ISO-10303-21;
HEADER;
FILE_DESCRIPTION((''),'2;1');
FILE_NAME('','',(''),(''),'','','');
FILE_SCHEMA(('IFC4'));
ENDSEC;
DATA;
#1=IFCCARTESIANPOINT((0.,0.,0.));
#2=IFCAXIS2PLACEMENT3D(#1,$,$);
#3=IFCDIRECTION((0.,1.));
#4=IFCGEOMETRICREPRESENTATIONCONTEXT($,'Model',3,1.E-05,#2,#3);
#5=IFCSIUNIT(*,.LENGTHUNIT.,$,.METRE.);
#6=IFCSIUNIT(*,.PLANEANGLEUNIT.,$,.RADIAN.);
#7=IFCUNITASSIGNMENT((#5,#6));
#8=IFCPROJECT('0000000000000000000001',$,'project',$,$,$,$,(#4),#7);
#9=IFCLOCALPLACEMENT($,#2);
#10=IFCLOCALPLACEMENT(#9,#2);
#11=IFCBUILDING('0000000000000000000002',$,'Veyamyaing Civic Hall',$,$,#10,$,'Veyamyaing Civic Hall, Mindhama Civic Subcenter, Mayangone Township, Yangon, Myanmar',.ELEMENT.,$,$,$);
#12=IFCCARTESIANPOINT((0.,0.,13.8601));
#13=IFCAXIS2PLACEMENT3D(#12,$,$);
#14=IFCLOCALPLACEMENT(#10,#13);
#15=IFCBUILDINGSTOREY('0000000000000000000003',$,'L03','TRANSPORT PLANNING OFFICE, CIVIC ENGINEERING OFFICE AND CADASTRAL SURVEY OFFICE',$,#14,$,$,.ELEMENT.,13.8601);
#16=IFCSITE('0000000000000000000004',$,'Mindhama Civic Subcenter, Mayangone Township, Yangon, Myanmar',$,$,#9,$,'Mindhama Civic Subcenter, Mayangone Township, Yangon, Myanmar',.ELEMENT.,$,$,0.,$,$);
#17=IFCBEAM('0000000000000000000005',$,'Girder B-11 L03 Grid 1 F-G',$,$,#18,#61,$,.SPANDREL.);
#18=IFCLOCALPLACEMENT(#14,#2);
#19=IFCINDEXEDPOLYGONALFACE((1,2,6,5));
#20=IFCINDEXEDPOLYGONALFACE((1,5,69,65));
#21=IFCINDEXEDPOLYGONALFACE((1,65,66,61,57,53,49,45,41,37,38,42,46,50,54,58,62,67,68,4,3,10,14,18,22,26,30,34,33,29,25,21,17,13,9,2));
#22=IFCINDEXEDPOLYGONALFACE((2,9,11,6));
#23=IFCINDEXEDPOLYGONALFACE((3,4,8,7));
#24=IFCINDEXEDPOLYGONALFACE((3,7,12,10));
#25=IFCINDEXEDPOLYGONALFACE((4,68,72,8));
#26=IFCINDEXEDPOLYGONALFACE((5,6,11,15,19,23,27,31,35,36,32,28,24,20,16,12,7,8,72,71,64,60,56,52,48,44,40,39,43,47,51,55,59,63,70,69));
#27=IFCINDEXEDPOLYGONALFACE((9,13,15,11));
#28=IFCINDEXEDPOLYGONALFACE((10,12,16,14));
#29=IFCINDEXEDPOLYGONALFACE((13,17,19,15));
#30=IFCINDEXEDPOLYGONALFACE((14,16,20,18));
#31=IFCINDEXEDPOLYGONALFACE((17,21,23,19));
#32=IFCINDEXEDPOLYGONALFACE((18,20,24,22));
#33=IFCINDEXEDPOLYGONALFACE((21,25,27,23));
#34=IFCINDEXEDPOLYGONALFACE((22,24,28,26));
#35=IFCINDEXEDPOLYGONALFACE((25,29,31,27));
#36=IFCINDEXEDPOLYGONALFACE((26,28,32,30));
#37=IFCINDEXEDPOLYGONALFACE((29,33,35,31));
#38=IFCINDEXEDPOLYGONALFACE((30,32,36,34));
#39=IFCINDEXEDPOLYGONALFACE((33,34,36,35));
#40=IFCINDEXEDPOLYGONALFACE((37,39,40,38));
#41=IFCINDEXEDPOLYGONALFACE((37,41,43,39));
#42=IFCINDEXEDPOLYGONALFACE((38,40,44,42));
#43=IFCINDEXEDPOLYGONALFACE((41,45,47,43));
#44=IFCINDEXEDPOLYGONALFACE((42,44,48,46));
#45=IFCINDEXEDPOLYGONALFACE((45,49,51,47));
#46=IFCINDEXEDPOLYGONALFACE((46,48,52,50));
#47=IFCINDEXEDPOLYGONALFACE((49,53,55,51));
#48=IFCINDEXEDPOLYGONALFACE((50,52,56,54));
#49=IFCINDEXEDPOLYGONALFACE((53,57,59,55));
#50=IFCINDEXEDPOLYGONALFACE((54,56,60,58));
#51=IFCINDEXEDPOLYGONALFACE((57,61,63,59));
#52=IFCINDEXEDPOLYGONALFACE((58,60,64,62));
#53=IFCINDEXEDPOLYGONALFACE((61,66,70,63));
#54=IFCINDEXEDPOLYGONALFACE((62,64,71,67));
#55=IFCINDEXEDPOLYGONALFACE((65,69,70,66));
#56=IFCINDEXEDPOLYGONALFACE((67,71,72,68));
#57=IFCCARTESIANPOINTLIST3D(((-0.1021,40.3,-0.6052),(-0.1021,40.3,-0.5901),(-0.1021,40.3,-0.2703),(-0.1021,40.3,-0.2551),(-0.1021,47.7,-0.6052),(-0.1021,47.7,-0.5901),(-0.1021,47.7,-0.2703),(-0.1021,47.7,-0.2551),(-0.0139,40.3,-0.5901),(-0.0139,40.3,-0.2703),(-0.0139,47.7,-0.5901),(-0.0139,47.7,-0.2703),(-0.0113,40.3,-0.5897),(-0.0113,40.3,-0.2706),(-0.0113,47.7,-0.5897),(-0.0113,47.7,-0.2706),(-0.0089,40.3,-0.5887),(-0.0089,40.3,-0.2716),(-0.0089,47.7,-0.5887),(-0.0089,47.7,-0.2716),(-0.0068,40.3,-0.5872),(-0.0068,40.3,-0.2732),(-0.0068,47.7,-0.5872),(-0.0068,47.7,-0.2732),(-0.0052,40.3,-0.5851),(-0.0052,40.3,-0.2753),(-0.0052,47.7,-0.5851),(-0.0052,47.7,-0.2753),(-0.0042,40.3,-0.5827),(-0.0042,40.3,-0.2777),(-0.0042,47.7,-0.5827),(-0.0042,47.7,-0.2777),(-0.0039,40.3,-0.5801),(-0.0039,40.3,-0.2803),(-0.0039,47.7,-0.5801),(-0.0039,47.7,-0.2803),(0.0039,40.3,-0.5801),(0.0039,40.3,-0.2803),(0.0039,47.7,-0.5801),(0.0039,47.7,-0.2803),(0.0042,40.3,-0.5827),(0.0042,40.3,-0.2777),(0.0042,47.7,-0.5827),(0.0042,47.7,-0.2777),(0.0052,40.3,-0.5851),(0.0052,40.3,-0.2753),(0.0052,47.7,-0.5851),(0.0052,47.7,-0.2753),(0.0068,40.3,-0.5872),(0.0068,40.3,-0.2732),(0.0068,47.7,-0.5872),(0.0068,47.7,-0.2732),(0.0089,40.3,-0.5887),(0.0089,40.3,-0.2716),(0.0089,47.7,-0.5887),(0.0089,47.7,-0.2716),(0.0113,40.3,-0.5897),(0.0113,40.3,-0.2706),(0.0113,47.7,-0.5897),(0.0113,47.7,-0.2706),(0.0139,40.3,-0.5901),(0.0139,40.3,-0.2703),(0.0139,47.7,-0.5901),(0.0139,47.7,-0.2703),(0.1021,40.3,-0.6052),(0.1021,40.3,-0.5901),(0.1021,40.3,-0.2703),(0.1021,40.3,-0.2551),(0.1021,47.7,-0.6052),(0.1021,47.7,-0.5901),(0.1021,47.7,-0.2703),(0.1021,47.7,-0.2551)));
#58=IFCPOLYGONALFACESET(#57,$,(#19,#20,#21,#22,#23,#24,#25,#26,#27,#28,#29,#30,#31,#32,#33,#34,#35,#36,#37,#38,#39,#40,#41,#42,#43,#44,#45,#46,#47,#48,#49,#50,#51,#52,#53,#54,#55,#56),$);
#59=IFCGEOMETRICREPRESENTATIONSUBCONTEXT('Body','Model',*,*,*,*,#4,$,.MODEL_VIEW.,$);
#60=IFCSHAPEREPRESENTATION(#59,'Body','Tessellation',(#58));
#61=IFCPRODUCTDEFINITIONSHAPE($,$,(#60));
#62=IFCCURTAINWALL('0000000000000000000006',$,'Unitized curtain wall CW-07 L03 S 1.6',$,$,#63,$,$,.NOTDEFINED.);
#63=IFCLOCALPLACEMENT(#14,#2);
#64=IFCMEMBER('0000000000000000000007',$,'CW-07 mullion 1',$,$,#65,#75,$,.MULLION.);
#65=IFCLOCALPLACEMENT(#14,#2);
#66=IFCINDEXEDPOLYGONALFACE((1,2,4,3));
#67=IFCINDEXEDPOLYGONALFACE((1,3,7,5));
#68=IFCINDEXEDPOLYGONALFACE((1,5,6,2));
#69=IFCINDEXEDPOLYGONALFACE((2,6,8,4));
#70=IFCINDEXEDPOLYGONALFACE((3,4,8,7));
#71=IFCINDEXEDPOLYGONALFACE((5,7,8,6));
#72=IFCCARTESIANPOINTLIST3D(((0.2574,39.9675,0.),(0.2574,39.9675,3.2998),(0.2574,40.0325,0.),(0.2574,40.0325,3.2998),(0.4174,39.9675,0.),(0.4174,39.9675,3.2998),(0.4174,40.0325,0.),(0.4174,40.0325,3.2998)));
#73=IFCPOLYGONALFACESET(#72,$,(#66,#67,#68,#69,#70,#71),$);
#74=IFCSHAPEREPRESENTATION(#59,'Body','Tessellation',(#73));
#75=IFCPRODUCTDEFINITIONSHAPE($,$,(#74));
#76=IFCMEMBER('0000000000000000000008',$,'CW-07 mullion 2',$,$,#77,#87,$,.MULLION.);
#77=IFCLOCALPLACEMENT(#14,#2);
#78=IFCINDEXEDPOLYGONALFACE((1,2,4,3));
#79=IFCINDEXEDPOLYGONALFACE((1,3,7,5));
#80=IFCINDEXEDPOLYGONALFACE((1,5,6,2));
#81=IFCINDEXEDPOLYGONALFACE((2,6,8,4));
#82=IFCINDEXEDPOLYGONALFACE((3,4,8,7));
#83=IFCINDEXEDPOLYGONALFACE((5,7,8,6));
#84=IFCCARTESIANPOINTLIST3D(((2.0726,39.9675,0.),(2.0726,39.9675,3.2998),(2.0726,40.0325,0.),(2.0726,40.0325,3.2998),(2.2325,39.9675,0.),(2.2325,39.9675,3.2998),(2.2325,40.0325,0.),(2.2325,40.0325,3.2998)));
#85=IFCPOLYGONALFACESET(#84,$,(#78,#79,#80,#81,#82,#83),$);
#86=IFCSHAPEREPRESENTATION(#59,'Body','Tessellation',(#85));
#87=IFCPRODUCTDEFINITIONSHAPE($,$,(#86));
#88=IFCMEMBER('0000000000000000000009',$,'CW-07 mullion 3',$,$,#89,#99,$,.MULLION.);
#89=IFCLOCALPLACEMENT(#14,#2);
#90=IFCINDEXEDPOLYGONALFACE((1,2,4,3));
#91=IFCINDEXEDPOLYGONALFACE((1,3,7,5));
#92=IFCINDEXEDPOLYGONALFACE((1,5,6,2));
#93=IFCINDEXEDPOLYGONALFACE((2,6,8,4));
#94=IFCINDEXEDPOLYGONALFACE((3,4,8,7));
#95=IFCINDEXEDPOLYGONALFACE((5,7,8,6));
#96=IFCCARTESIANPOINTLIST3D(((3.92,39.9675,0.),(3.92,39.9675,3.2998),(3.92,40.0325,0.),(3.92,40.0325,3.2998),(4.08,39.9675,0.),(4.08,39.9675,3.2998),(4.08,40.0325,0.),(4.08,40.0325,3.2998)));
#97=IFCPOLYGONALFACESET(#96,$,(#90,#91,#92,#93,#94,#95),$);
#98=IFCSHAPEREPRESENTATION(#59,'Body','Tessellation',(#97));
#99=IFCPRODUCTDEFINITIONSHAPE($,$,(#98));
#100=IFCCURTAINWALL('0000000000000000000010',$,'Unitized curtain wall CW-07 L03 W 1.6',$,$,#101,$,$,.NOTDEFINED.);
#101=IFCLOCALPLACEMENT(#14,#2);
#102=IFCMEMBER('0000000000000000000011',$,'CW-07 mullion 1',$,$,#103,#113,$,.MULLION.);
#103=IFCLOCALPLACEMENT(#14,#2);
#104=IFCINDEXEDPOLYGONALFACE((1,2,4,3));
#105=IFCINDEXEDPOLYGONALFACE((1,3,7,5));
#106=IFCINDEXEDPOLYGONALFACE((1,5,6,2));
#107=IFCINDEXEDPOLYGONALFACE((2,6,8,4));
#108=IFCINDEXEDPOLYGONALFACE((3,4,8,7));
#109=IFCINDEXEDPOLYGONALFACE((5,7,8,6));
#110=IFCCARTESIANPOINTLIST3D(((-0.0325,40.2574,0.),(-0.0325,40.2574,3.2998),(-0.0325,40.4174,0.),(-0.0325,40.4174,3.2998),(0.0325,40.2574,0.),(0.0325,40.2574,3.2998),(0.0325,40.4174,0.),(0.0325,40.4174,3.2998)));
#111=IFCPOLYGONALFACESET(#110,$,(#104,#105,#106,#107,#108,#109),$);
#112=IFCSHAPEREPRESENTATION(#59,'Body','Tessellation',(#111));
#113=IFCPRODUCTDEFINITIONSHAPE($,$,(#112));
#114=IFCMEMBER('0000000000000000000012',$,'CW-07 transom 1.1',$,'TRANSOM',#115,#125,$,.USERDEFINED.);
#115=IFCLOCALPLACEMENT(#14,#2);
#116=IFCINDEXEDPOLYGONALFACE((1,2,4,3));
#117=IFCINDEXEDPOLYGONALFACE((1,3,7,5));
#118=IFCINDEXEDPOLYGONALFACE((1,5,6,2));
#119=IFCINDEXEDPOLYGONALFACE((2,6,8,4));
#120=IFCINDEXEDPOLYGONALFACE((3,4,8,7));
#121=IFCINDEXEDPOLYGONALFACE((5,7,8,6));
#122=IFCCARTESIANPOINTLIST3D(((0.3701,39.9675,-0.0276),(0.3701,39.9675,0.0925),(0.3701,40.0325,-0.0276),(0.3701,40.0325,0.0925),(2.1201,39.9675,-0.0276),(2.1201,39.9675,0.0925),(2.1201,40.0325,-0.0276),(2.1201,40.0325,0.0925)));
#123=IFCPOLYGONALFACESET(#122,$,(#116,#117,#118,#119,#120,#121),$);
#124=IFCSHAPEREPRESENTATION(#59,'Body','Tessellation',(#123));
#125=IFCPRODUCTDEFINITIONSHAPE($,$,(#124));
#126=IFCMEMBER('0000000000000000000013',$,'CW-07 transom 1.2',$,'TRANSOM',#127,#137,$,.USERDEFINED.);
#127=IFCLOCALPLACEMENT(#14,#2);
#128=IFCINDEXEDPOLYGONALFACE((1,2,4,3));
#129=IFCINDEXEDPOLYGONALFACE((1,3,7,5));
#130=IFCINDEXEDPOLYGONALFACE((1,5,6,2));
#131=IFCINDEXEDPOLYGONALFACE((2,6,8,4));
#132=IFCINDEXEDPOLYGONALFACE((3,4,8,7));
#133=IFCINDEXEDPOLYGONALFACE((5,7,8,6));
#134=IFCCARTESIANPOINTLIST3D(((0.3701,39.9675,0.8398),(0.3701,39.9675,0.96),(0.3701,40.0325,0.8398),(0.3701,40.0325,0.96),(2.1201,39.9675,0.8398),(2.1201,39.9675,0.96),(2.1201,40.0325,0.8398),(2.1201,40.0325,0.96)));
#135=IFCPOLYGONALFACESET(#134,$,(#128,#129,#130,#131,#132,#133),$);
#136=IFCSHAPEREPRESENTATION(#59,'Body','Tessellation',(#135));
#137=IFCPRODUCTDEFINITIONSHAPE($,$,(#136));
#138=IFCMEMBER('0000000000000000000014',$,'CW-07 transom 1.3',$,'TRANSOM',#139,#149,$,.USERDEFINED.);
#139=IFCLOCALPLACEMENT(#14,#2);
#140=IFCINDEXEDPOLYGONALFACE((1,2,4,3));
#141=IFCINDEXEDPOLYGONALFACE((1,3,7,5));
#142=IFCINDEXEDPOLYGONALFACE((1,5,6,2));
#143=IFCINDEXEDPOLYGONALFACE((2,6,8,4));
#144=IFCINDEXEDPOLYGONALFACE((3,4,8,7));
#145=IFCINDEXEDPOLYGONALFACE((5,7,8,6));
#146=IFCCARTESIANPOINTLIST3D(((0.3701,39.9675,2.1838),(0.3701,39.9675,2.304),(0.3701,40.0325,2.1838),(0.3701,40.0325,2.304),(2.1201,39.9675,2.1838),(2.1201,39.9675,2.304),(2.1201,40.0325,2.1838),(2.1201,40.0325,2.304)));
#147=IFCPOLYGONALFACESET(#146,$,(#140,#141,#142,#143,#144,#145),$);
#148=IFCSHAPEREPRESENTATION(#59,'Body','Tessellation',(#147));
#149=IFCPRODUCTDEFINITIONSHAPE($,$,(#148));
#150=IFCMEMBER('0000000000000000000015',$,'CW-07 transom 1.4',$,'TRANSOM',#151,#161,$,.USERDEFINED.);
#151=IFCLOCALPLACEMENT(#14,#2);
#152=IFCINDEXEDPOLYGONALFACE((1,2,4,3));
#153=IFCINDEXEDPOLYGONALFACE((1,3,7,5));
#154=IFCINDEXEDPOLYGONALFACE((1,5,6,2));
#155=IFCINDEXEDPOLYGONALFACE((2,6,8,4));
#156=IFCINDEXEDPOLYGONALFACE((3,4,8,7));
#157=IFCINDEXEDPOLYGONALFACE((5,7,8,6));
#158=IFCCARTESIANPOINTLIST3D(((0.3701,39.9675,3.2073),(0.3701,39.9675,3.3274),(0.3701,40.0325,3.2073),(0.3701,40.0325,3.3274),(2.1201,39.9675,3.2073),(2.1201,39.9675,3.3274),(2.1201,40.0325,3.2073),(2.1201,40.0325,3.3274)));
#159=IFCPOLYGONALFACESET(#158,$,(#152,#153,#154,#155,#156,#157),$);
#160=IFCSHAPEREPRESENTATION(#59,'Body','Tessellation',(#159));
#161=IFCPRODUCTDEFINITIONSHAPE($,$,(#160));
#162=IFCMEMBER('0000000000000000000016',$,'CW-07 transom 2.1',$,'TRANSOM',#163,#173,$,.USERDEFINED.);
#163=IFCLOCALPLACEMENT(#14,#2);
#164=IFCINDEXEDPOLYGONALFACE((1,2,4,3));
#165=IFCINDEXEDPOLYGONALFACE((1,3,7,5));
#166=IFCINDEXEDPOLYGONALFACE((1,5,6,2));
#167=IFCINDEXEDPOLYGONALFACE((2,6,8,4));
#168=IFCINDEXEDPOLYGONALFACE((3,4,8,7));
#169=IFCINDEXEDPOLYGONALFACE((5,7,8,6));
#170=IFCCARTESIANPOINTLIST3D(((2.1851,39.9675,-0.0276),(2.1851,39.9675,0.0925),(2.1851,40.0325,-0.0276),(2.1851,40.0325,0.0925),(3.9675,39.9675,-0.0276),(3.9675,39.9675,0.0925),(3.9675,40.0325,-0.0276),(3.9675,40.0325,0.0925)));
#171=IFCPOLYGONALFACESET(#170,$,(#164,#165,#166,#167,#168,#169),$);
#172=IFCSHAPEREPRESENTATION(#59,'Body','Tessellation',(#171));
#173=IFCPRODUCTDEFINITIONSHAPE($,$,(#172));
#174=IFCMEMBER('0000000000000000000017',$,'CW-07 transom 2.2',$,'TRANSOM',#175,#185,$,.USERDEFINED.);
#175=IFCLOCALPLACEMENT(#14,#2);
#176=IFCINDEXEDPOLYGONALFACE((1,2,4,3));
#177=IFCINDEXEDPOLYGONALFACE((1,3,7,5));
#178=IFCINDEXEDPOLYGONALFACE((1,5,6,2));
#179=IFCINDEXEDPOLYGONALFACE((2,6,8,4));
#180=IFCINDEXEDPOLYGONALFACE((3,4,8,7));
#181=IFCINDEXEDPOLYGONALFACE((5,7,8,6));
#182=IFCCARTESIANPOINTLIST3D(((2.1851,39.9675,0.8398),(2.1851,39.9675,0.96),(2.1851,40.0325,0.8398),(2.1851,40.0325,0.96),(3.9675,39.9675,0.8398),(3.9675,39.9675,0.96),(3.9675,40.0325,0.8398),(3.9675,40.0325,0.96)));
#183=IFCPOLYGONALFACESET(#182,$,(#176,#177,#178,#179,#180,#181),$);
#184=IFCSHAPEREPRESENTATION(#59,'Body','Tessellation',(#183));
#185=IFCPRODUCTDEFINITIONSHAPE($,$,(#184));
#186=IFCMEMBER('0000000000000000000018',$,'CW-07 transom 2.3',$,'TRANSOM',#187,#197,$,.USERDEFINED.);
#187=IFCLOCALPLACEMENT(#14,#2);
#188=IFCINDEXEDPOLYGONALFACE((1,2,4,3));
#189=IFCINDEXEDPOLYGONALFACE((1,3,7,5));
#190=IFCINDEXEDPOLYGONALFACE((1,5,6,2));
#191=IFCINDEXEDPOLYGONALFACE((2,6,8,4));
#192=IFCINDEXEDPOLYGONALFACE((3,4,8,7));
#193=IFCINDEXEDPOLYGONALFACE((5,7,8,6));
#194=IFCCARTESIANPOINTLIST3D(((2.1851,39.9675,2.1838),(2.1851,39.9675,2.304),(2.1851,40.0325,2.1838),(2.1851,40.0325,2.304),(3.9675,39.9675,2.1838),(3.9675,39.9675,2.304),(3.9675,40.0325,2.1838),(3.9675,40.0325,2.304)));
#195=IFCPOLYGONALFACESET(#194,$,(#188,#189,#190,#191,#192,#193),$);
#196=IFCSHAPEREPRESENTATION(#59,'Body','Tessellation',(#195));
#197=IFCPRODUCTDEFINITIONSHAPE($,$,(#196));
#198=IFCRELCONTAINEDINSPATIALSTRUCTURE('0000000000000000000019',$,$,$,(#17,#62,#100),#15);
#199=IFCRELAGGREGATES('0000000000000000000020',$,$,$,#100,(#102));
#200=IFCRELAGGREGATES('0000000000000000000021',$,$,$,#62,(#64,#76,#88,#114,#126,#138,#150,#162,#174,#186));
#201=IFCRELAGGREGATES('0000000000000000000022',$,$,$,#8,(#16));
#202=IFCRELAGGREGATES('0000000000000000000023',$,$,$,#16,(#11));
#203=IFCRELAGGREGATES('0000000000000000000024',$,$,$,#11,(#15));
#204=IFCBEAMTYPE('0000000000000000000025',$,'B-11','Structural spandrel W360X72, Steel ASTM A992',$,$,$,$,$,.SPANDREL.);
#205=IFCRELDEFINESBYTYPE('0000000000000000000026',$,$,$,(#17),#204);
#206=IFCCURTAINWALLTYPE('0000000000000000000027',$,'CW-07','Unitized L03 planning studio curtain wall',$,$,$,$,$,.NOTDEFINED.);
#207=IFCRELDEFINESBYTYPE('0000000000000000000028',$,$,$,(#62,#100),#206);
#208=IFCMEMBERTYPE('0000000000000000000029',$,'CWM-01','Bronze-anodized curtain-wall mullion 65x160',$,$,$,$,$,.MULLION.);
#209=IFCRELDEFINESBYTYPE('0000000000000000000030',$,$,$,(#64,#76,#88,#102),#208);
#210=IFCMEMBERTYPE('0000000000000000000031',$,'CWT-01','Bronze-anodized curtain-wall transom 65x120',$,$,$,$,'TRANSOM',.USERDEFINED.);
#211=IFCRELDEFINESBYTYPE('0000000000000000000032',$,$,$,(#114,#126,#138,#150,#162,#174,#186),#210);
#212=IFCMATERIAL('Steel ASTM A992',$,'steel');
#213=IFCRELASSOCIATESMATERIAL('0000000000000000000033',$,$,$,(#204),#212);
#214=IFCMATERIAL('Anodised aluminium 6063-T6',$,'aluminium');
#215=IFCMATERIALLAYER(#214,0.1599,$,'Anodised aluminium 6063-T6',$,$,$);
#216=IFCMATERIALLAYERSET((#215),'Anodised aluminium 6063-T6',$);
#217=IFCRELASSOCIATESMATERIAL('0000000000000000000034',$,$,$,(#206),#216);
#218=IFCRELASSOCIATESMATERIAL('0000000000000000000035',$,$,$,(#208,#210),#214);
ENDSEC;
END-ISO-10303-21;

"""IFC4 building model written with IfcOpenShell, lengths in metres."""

from ifc_helpers import new_model, si_unit, direction, frame, origin, origin_2d, place, context, subcontext, project, spatial, rectangle, i_section, extrude, material, layer, layer_set, material_profile, profile_set, type_object, element, aggregate, save


model = new_model("IFC4")

# Units and contexts
model_context = context("Model", 3, precision=1e-05, world=origin(), true_north=direction((0.0, 1.0)))
body_context = subcontext(model_context, "Body", "Model", "MODEL_VIEW")
ifc_project = project(units=[si_unit("LENGTHUNIT", "METRE"), si_unit("PLANEANGLEUNIT", "RADIAN")], contexts=[model_context])

# Site, building, storey
site_placement = place(None, origin())
site = spatial("IfcSite", under=ifc_project, at=site_placement, Name="Mindhama Civic Subcenter, Mayangone Township, Yangon, Myanmar", LongName="Mindhama Civic Subcenter, Mayangone Township, Yangon, Myanmar", CompositionType="ELEMENT", RefElevation=0.0)
building_placement = place(site_placement, origin())
building = spatial("IfcBuilding", under=site, at=building_placement, Name="Veyamyaing Civic Hall", LongName="Veyamyaing Civic Hall, Mindhama Civic Subcenter, Mayangone Township, Yangon, Myanmar", CompositionType="ELEMENT")
storey_placement = place(building_placement, frame((0.0, 0.0, 13.8601)))
storey = spatial("IfcBuildingStorey", under=building, at=storey_placement, Name="L03", Description="TRANSPORT PLANNING OFFICE, CIVIC ENGINEERING OFFICE AND CADASTRAL SURVEY OFFICE", CompositionType="ELEMENT", Elevation=13.8601)

# Beam
ifc_material_1 = material(Name="Steel ASTM A992", Category="steel")
ifc_material_profile_1 = material_profile(ifc_material_1, i_section(OverallWidth=0.2041, OverallDepth=0.3501, WebThickness=0.0078, FlangeThickness=0.0151, FilletRadius=0.01, at=origin_2d()), Name="W360X72")
ifc_profile_set_1 = profile_set([ifc_material_profile_1], Name="Steel ASTM A992")
beam_type_1 = type_object("IfcBeamType", Name="B-11", Description="Structural spandrel W360X72, Steel ASTM A992", PredefinedType="SPANDREL", material=ifc_profile_set_1)
beam_1_placement = place(storey_placement, frame((0.0, 40.3, -0.4302), z_axis=(0.0, 1.0, 0.0), x_axis=(-1.0, 0.0, 0.0)))
element("IfcBeam", 1, at=beam_1_placement, inside=storey, type_object=beam_type_1, Name="Girder B-11 L03 Grid 1 F-G", PredefinedType="SPANDREL", context=body_context, shape_type="SweptSolid", body=[
    extrude(i_section(OverallWidth=0.2041, OverallDepth=0.3501, WebThickness=0.0078, FlangeThickness=0.0151, FilletRadius=0.01, at=origin_2d()), origin(), (0.0, 0.0, 1.0), 7.3999),
])

# Curtain wall, members
ifc_material_2 = material(Name="Anodised aluminium 6063-T6", Category="aluminium")
ifc_layer_1 = layer(ifc_material_2, 0.1599, Name="Anodised aluminium 6063-T6")
ifc_layer_set_1 = layer_set([ifc_layer_1], Name="Anodised aluminium 6063-T6")
curtain_wall_type = type_object("IfcCurtainWallType", Name="CW-07", Description="Unitized L03 planning studio curtain wall", PredefinedType="NOTDEFINED", material=ifc_layer_set_1)
curtain_wall_1_placement = place(storey_placement, origin())
curtain_wall_1 = element("IfcCurtainWall", 2, at=curtain_wall_1_placement, inside=storey, type_object=curtain_wall_type, Name="Unitized curtain wall CW-07 L03 S 1.6", PredefinedType="NOTDEFINED")
ifc_material_profile_2 = material_profile(ifc_material_2, rectangle(XDim=0.0649, YDim=0.1599, at=origin_2d()), Name="ALU-MUL-65X160")
ifc_profile_set_2 = profile_set([ifc_material_profile_2], Name="Anodised aluminium 6063-T6")
member_type_1 = type_object("IfcMemberType", Name="CWM-01", Description="Bronze-anodized curtain-wall mullion 65x160", PredefinedType="MULLION", material=ifc_profile_set_2)
member_1_placement = place(storey_placement, frame((0.3374, 40.0, 0.0), z_axis=(0.0, 0.0, 1.0), x_axis=(0.0, 1.0, 0.0)))
member_1 = element("IfcMember", 3, at=member_1_placement, type_object=member_type_1, Name="CW-07 mullion 1", PredefinedType="MULLION", context=body_context, shape_type="SweptSolid", body=[
    extrude(rectangle(XDim=0.0649, YDim=0.1599, at=origin_2d()), origin(), (0.0, 0.0, 1.0), 3.2998),
])
member_2_placement = place(storey_placement, frame((2.1526, 40.0, 0.0), z_axis=(0.0, 0.0, 1.0), x_axis=(0.0, 1.0, 0.0)))
member_2 = element("IfcMember", 4, at=member_2_placement, type_object=member_type_1, Name="CW-07 mullion 2", PredefinedType="MULLION", context=body_context, shape_type="SweptSolid", body=[
    extrude(rectangle(XDim=0.0649, YDim=0.1599, at=origin_2d()), origin(), (0.0, 0.0, 1.0), 3.2998),
])
member_3_placement = place(storey_placement, frame((4.0, 40.0, 0.0), z_axis=(0.0, 0.0, 1.0), x_axis=(0.0, 1.0, 0.0)))
member_3 = element("IfcMember", 5, at=member_3_placement, type_object=member_type_1, Name="CW-07 mullion 3", PredefinedType="MULLION", context=body_context, shape_type="SweptSolid", body=[
    extrude(rectangle(XDim=0.0649, YDim=0.1599, at=origin_2d()), origin(), (0.0, 0.0, 1.0), 3.2998),
])

# Curtain wall, member
curtain_wall_2_placement = place(storey_placement, origin())
curtain_wall_2 = element("IfcCurtainWall", 6, at=curtain_wall_2_placement, inside=storey, type_object=curtain_wall_type, Name="Unitized curtain wall CW-07 L03 W 1.6", PredefinedType="NOTDEFINED")
member_4_placement = place(storey_placement, frame((0.0, 40.3374, 0.0), z_axis=(0.0, 0.0, 1.0), x_axis=(-1.0, 0.0, 0.0)))
member_4 = element("IfcMember", 7, at=member_4_placement, type_object=member_type_1, Name="CW-07 mullion 1", PredefinedType="MULLION", context=body_context, shape_type="SweptSolid", body=[
    extrude(rectangle(XDim=0.0649, YDim=0.1599, at=origin_2d()), origin(), (0.0, 0.0, 1.0), 3.2998),
])

# Members
ifc_material_profile_3 = material_profile(ifc_material_2, rectangle(XDim=0.0649, YDim=0.1201, at=origin_2d()), Name="ALU-TRN-65X120")
ifc_profile_set_3 = profile_set([ifc_material_profile_3], Name="Anodised aluminium 6063-T6")
member_type_2 = type_object("IfcMemberType", Name="CWT-01", Description="Bronze-anodized curtain-wall transom 65x120", ElementType="TRANSOM", PredefinedType="USERDEFINED", material=ifc_profile_set_3)
member_5_placement = place(storey_placement, frame((0.3701, 40.0, 0.0325), z_axis=(1.0, 0.0, 0.0), x_axis=(0.0, 1.0, 0.0)))
member_5 = element("IfcMember", 8, at=member_5_placement, type_object=member_type_2, Name="CW-07 transom 1.1", ObjectType="TRANSOM", PredefinedType="USERDEFINED", context=body_context, shape_type="SweptSolid", body=[
    extrude(rectangle(XDim=0.0649, YDim=0.1201, at=origin_2d()), origin(), (0.0, 0.0, 1.0), 1.75),
])
member_6_placement = place(storey_placement, frame((0.3701, 40.0, 0.8999), z_axis=(1.0, 0.0, 0.0), x_axis=(0.0, 1.0, 0.0)))
member_6 = element("IfcMember", 9, at=member_6_placement, type_object=member_type_2, Name="CW-07 transom 1.2", ObjectType="TRANSOM", PredefinedType="USERDEFINED", context=body_context, shape_type="SweptSolid", body=[
    extrude(rectangle(XDim=0.0649, YDim=0.1201, at=origin_2d()), origin(), (0.0, 0.0, 1.0), 1.75),
])
member_7_placement = place(storey_placement, frame((0.3701, 40.0, 2.2439), z_axis=(1.0, 0.0, 0.0), x_axis=(0.0, 1.0, 0.0)))
member_7 = element("IfcMember", 10, at=member_7_placement, type_object=member_type_2, Name="CW-07 transom 1.3", ObjectType="TRANSOM", PredefinedType="USERDEFINED", context=body_context, shape_type="SweptSolid", body=[
    extrude(rectangle(XDim=0.0649, YDim=0.1201, at=origin_2d()), origin(), (0.0, 0.0, 1.0), 1.75),
])
member_8_placement = place(storey_placement, frame((0.3701, 40.0, 3.2673), z_axis=(1.0, 0.0, 0.0), x_axis=(0.0, 1.0, 0.0)))
member_8 = element("IfcMember", 11, at=member_8_placement, type_object=member_type_2, Name="CW-07 transom 1.4", ObjectType="TRANSOM", PredefinedType="USERDEFINED", context=body_context, shape_type="SweptSolid", body=[
    extrude(rectangle(XDim=0.0649, YDim=0.1201, at=origin_2d()), origin(), (0.0, 0.0, 1.0), 1.75),
])
member_9_placement = place(storey_placement, frame((2.1851, 40.0, 0.0325), z_axis=(1.0, 0.0, 0.0), x_axis=(0.0, 1.0, 0.0)))
member_9 = element("IfcMember", 12, at=member_9_placement, type_object=member_type_2, Name="CW-07 transom 2.1", ObjectType="TRANSOM", PredefinedType="USERDEFINED", context=body_context, shape_type="SweptSolid", body=[
    extrude(rectangle(XDim=0.0649, YDim=0.1201, at=origin_2d()), origin(), (0.0, 0.0, 1.0), 1.7825),
])
member_10_placement = place(storey_placement, frame((2.1851, 40.0, 0.8999), z_axis=(1.0, 0.0, 0.0), x_axis=(0.0, 1.0, 0.0)))
member_10 = element("IfcMember", 13, at=member_10_placement, type_object=member_type_2, Name="CW-07 transom 2.2", ObjectType="TRANSOM", PredefinedType="USERDEFINED", context=body_context, shape_type="SweptSolid", body=[
    extrude(rectangle(XDim=0.0649, YDim=0.1201, at=origin_2d()), origin(), (0.0, 0.0, 1.0), 1.7825),
])
member_11_placement = place(storey_placement, frame((2.1851, 40.0, 2.2439), z_axis=(1.0, 0.0, 0.0), x_axis=(0.0, 1.0, 0.0)))
member_11 = element("IfcMember", 14, at=member_11_placement, type_object=member_type_2, Name="CW-07 transom 2.3", ObjectType="TRANSOM", PredefinedType="USERDEFINED", context=body_context, shape_type="SweptSolid", body=[
    extrude(rectangle(XDim=0.0649, YDim=0.1201, at=origin_2d()), origin(), (0.0, 0.0, 1.0), 1.7825),
])
aggregate(curtain_wall_2, [member_4])

aggregate(curtain_wall_1, [member_1, member_2, member_3, member_5, member_6, member_7, member_8, member_9, member_10, member_11])

save(model, "model.ifc")
